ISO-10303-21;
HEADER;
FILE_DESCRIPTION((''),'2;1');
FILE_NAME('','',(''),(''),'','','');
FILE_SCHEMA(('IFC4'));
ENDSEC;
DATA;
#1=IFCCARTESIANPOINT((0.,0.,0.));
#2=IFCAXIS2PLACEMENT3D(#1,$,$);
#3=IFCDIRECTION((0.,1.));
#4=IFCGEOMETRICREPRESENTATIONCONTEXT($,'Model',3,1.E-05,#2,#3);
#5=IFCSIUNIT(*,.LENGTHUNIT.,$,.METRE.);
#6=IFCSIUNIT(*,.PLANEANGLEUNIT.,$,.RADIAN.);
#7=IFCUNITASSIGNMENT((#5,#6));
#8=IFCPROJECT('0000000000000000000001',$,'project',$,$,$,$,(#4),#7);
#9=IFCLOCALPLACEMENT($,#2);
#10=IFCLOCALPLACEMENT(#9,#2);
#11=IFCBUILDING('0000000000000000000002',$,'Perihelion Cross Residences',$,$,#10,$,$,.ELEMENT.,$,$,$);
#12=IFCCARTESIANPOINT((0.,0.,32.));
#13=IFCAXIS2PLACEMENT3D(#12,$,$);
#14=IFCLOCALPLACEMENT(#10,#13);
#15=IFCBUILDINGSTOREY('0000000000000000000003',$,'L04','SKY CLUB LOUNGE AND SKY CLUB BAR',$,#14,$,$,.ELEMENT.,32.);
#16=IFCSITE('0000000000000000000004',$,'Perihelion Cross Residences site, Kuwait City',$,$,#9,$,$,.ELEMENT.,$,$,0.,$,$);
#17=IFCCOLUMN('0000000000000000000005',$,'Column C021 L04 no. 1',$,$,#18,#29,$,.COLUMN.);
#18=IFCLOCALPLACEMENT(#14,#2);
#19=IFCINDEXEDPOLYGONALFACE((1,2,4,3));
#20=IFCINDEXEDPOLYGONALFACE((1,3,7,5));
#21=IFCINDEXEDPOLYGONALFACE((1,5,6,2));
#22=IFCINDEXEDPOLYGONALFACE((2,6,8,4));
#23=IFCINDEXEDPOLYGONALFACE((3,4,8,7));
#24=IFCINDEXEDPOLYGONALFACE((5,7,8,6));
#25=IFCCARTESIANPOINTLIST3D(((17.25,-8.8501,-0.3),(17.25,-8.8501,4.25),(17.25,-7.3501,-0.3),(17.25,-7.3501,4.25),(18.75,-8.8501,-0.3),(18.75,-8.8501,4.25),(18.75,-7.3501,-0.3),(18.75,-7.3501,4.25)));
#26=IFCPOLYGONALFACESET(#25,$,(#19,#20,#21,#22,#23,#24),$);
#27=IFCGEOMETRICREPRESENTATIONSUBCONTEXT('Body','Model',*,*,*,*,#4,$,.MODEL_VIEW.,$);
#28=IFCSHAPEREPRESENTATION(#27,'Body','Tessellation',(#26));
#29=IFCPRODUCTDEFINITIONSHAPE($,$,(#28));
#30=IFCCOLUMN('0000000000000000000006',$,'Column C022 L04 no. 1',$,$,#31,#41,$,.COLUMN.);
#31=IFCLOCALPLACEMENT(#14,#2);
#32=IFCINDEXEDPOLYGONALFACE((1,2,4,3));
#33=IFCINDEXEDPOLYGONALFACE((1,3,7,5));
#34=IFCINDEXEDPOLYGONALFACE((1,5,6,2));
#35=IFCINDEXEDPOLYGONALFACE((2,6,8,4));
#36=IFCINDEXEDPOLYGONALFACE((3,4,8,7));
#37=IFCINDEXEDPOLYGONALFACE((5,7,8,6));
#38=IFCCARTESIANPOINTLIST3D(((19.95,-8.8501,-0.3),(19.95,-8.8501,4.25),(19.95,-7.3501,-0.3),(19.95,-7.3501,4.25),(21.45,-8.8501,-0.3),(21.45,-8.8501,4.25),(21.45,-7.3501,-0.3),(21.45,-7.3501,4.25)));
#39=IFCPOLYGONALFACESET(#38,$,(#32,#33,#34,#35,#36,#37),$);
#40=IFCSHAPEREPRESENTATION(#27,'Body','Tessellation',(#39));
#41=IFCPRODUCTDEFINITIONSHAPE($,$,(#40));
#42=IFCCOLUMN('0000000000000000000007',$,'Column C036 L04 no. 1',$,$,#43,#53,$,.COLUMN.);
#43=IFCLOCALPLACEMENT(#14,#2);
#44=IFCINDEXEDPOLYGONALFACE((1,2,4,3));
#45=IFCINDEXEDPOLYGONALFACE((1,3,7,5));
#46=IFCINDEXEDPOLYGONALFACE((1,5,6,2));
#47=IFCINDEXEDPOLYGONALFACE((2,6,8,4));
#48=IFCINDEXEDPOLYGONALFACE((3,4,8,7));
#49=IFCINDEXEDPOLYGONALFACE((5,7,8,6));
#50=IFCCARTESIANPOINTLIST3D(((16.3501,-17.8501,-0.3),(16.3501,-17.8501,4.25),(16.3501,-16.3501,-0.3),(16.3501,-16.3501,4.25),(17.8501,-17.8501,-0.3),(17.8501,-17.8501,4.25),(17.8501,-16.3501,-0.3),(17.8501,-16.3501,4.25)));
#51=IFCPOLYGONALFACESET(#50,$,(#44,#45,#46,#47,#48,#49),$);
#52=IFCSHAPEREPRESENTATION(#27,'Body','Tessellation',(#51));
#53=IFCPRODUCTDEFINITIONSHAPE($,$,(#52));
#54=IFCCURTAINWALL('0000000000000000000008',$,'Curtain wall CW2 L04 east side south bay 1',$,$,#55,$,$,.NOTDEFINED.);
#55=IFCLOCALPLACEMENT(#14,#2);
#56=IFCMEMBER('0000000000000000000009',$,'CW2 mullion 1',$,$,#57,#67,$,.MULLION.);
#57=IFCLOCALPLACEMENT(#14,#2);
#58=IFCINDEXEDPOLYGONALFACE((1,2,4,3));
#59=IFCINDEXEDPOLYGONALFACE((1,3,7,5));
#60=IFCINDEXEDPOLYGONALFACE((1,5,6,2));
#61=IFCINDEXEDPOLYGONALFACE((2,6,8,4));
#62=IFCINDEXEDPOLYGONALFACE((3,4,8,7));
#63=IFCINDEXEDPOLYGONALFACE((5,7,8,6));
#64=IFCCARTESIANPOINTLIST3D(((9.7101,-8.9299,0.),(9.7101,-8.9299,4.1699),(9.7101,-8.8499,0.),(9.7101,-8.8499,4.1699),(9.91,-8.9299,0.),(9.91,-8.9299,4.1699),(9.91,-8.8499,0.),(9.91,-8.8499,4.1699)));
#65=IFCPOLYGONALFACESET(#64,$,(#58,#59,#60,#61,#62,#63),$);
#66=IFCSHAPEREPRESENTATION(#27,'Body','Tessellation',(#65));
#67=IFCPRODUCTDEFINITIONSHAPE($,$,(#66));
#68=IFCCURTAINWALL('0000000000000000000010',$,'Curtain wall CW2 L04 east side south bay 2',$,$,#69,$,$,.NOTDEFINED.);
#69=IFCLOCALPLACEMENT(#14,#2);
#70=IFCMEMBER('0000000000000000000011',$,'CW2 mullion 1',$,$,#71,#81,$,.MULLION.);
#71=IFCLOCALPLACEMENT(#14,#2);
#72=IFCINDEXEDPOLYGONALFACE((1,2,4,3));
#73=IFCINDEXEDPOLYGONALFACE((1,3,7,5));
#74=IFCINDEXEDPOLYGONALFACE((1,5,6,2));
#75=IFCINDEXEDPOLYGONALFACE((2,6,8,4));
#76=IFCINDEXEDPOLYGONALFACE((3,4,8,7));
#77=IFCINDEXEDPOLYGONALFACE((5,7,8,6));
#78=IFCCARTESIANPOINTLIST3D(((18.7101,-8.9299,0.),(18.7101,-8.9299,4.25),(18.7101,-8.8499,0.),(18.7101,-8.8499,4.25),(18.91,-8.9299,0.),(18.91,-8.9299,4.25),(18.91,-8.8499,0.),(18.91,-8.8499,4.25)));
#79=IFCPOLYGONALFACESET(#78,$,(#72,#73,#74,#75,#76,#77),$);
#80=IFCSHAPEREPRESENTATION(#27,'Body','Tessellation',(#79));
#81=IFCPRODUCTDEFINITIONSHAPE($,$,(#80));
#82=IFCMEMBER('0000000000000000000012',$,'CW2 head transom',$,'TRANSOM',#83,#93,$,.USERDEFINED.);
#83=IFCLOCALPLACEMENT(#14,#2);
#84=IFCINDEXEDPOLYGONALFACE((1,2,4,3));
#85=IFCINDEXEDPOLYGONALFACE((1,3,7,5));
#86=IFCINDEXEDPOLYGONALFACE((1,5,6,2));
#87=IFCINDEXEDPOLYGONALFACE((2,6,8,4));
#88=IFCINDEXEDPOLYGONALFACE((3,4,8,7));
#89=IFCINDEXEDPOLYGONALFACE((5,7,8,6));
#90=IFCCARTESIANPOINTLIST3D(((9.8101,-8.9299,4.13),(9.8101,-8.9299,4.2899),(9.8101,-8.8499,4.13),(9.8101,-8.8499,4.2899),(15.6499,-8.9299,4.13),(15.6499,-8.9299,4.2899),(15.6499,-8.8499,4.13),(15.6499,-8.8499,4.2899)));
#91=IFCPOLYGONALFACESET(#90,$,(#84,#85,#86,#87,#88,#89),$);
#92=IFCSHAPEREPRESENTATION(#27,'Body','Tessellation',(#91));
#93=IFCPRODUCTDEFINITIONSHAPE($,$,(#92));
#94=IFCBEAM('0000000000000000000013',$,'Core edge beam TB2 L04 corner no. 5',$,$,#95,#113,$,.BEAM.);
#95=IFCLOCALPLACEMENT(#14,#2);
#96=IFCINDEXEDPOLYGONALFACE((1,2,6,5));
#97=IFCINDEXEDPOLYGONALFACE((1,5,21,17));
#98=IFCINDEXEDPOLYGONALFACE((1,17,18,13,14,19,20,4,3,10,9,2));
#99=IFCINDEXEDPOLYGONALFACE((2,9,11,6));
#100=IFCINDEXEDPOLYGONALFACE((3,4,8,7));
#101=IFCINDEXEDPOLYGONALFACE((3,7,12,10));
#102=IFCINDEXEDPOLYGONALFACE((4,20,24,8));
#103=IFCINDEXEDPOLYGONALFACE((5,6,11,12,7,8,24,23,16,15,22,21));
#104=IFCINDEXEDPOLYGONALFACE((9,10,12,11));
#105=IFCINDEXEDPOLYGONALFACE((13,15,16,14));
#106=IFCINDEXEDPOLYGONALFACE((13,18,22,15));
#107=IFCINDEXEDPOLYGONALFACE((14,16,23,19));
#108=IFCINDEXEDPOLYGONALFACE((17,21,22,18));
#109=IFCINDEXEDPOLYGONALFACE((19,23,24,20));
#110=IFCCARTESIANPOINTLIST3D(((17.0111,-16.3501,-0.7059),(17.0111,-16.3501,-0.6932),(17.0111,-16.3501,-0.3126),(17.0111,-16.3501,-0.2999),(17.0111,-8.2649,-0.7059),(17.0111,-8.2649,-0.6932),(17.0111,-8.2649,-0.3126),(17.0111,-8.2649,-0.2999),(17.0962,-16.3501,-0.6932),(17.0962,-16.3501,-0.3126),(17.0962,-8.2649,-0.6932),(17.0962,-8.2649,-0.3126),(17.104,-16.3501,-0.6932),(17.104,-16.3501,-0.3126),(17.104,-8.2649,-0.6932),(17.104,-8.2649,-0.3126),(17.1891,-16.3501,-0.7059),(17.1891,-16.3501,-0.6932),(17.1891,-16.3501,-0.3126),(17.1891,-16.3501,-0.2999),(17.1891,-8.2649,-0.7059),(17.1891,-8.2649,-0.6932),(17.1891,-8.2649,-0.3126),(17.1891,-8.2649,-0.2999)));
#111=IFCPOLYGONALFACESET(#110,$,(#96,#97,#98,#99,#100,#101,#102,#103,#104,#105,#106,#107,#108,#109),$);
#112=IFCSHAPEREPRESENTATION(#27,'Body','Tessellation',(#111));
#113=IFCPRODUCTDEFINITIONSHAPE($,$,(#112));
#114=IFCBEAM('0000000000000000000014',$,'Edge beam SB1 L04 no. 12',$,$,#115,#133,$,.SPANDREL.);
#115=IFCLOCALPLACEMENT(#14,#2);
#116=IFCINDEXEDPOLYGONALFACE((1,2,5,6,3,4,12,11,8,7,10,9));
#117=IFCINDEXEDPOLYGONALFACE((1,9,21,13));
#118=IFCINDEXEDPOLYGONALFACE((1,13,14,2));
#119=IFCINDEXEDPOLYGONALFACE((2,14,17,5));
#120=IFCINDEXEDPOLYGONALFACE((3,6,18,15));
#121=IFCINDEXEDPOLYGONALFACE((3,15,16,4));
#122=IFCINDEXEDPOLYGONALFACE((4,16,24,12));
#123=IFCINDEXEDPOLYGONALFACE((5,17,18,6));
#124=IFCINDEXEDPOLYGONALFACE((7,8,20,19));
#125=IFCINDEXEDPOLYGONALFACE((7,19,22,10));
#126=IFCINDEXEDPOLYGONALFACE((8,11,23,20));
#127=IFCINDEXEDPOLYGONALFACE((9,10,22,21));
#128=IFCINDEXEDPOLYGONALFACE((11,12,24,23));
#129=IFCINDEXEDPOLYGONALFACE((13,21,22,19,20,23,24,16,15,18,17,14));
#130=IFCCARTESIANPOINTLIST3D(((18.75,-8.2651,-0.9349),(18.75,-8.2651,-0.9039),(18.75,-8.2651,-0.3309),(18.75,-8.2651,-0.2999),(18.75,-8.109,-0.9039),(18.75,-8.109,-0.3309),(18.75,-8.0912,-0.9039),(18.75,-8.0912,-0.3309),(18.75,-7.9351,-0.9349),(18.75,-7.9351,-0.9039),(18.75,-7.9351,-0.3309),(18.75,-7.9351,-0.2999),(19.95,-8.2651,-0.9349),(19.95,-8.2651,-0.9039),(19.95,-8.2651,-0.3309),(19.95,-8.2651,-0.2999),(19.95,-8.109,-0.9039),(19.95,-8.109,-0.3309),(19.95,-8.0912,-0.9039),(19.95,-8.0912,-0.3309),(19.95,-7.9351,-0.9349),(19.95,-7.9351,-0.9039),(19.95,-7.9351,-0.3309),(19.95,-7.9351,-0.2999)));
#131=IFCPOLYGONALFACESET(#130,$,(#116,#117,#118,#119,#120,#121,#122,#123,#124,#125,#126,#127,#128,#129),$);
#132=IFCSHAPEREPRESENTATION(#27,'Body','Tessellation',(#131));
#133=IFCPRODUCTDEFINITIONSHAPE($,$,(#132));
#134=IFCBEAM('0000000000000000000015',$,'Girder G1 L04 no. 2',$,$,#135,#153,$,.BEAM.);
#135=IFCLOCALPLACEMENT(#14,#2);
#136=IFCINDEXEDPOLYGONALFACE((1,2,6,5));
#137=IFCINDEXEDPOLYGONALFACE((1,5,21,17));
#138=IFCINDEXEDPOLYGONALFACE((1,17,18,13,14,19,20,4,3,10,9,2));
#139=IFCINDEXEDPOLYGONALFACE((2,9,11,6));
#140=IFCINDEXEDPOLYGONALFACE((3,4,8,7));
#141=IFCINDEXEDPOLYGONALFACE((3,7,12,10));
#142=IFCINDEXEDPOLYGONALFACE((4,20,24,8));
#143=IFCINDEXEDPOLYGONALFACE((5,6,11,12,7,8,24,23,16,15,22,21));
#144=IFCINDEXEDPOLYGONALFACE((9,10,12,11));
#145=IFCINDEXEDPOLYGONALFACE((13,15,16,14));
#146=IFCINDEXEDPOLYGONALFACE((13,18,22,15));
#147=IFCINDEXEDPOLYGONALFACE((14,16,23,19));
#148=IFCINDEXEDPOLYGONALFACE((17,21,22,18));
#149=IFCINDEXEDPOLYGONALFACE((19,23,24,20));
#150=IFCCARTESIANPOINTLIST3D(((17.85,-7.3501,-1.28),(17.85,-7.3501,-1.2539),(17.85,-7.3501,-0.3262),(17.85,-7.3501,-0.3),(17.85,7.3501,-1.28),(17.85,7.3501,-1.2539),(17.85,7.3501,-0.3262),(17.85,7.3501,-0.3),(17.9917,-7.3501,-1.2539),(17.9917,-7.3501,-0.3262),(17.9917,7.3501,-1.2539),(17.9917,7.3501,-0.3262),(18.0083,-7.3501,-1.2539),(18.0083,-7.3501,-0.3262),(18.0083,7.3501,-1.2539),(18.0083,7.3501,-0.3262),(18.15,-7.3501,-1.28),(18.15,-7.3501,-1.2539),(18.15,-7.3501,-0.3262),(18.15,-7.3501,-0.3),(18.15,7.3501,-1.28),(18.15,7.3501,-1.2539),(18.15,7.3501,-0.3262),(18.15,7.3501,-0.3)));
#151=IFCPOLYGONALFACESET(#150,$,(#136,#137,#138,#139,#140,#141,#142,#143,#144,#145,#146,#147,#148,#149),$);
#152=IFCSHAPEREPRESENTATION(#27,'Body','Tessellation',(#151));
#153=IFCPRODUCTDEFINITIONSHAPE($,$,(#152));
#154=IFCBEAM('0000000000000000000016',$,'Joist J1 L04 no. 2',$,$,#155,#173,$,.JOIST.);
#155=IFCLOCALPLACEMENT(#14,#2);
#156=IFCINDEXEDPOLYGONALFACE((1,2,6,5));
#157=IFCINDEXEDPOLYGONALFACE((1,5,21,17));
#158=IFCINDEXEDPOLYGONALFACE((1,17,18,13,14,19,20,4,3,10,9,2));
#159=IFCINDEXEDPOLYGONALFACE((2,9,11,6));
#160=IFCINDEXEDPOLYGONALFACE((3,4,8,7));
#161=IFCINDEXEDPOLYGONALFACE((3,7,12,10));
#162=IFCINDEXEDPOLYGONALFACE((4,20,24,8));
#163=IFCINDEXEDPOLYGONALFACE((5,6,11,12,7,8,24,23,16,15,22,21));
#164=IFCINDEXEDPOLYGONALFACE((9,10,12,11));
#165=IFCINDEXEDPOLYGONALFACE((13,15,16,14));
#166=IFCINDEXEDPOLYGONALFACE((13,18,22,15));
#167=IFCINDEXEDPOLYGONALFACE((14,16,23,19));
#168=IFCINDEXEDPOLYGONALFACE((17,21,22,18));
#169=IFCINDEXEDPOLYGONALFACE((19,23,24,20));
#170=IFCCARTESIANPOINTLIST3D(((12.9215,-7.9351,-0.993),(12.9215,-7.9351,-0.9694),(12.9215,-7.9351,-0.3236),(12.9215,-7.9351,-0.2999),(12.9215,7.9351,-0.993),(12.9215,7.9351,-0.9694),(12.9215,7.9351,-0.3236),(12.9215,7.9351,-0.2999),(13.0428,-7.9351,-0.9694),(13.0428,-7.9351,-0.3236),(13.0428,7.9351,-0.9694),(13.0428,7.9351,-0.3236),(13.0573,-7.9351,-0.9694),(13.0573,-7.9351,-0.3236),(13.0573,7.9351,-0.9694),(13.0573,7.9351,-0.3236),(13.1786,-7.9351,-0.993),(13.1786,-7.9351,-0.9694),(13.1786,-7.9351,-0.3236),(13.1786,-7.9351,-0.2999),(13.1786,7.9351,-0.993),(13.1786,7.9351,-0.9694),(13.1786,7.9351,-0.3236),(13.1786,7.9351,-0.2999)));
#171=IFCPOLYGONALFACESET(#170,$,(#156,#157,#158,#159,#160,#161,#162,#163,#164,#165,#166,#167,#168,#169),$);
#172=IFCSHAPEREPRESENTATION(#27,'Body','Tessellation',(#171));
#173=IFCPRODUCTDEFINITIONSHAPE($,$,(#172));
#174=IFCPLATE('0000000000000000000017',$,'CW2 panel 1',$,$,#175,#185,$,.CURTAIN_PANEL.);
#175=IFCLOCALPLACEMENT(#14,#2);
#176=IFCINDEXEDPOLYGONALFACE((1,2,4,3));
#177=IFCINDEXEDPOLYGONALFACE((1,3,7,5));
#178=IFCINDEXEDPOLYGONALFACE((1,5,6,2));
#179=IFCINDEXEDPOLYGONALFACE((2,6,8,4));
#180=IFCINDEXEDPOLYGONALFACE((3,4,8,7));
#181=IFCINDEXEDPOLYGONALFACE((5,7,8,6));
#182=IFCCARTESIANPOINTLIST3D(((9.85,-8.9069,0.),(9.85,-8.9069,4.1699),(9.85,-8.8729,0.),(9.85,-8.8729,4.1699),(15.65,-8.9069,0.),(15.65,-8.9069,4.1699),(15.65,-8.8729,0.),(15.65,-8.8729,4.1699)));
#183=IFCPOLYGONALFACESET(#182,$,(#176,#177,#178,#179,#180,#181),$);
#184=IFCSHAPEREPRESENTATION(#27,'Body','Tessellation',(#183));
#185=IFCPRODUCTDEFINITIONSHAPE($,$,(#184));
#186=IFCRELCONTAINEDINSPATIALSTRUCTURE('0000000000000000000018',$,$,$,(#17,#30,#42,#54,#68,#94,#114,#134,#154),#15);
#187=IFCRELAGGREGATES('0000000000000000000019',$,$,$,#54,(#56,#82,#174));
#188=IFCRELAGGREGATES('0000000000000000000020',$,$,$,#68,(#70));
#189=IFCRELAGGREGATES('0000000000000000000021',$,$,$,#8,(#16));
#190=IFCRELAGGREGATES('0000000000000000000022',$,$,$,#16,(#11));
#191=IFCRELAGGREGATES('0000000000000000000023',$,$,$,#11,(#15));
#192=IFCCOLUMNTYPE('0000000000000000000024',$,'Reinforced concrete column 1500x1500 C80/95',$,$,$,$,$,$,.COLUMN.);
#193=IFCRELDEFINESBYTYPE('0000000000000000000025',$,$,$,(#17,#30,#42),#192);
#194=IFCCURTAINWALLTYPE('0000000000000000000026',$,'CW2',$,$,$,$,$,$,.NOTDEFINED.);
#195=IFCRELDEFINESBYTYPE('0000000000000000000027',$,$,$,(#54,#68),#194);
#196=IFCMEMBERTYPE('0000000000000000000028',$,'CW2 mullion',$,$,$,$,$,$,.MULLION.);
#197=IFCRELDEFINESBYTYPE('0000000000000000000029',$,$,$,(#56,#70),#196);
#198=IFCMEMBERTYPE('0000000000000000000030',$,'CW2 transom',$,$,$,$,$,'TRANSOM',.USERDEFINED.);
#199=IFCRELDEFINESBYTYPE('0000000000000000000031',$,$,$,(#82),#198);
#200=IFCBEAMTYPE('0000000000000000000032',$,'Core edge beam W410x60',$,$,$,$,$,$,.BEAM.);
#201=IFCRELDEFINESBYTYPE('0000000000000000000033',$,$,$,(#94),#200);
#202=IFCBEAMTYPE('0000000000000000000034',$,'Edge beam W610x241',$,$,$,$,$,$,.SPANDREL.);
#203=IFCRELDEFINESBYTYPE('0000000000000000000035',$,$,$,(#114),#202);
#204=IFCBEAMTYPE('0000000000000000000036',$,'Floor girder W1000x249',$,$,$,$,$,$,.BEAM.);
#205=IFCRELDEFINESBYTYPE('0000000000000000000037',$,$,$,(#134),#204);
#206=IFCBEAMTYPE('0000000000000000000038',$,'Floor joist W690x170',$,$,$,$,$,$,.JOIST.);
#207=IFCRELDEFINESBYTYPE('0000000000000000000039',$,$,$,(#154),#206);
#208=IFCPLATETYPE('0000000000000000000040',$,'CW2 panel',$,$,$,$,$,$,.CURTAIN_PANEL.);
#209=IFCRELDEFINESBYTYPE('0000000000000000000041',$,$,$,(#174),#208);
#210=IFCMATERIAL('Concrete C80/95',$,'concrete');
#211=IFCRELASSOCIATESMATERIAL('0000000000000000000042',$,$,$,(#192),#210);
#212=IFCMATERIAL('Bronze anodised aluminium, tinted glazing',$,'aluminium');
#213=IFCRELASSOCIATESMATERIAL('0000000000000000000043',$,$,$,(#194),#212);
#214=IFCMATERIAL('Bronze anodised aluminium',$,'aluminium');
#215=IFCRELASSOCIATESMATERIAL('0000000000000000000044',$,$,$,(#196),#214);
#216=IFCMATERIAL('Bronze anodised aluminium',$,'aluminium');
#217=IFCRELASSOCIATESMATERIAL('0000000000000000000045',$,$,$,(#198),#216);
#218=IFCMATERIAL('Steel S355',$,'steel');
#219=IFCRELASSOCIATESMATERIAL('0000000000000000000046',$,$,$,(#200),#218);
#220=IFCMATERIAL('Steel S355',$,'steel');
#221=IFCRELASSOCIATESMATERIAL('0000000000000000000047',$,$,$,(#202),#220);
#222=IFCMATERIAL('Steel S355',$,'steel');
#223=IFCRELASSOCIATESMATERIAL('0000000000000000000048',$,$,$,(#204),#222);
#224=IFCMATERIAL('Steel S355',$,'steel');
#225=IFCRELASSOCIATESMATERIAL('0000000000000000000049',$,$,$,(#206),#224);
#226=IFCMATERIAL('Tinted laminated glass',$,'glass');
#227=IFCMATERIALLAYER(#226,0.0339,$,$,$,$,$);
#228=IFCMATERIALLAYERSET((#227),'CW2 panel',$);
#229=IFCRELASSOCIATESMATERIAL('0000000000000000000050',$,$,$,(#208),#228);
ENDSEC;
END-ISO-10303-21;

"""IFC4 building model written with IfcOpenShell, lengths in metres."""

from ifc_helpers import new_model, si_unit, direction, frame, origin, origin_2d, place, context, subcontext, project, spatial, rectangle, i_section, extrude, material, layer, layer_set, material_profile, profile_set, type_object, element, aggregate, save


model = new_model("IFC4")

# Units and contexts
model_context = context("Model", 3, precision=1e-05, world=origin(), true_north=direction((0.0, 1.0)))
body_context = subcontext(model_context, "Body", "Model", "MODEL_VIEW")
ifc_project = project(units=[si_unit("LENGTHUNIT", "METRE"), si_unit("PLANEANGLEUNIT", "RADIAN")], contexts=[model_context])

# Site, building, storey
site_placement = place(None, origin())
site = spatial("IfcSite", under=ifc_project, at=site_placement, Name="Perihelion Cross Residences site, Kuwait City", CompositionType="ELEMENT", RefElevation=0.0)
building_placement = place(site_placement, origin())
building = spatial("IfcBuilding", under=site, at=building_placement, Name="Perihelion Cross Residences", CompositionType="ELEMENT")
storey_placement = place(building_placement, frame((0.0, 0.0, 32.0)))
storey = spatial("IfcBuildingStorey", under=building, at=storey_placement, Name="L04", Description="SKY CLUB LOUNGE AND SKY CLUB BAR", CompositionType="ELEMENT", Elevation=32.0)

# Columns
ifc_material_1 = material(Name="Concrete C80/95", Category="concrete")
ifc_material_profile_1 = material_profile(ifc_material_1, rectangle(XDim=1.5, YDim=1.5, at=origin_2d()), Name="RC 1500x1500")
ifc_profile_set_1 = profile_set([ifc_material_profile_1], Name="Concrete C80/95")
column_type = type_object("IfcColumnType", Name="Reinforced concrete column 1500x1500 C80/95", PredefinedType="COLUMN", material=ifc_profile_set_1)
for number, where, z_axis, x_axis, name in (
    (1, (18.0, -8.1001, -0.3), (0.0, 0.0, 1.0), (1.0, 0.0, 0.0), "Column C021 L04 no. 1"),
    (2, (20.7, -8.1001, -0.3), (0.0, 0.0, 1.0), (1.0, 0.0, 0.0), "Column C022 L04 no. 1"),
    (3, (17.1001, -17.1001, -0.3), (0.0, 0.0, 1.0), (1.0, 0.0, 0.0), "Column C036 L04 no. 1"),
):
    element("IfcColumn", number, at=place(storey_placement, frame(where, z_axis=z_axis, x_axis=x_axis)), inside=storey, type_object=column_type, Name=name, PredefinedType="COLUMN", context=body_context, shape_type="SweptSolid", body=[
        extrude(rectangle(XDim=1.5, YDim=1.5, at=origin_2d()), origin(), (0.0, 0.0, 1.0), 4.55),
    ])

# Curtain walls, members
ifc_material_2 = material(Name="Bronze anodised aluminium, tinted glazing", Category="aluminium")
curtain_wall_type = type_object("IfcCurtainWallType", Name="CW2", PredefinedType="NOTDEFINED", material=ifc_material_2)
curtain_wall_1_placement = place(storey_placement, origin())
curtain_wall_1 = element("IfcCurtainWall", 4, at=curtain_wall_1_placement, inside=storey, type_object=curtain_wall_type, Name="Curtain wall CW2 L04 east side south bay 1", PredefinedType="NOTDEFINED")
ifc_material_3 = material(Name="Bronze anodised aluminium", Category="aluminium")
ifc_material_profile_2 = material_profile(ifc_material_3, rectangle(XDim=0.0801, YDim=0.2, at=origin_2d()), Name="CW2 mullion")
ifc_profile_set_2 = profile_set([ifc_material_profile_2], Name="Bronze anodised aluminium")
member_type_1 = type_object("IfcMemberType", Name="CW2 mullion", PredefinedType="MULLION", material=ifc_profile_set_2)
member_1_placement = place(storey_placement, frame((9.8101, -8.8899, 0.0), z_axis=(0.0, 0.0, 1.0), x_axis=(0.0, 1.0, 0.0)))
member_1 = element("IfcMember", 5, at=member_1_placement, type_object=member_type_1, Name="CW2 mullion 1", PredefinedType="MULLION", context=body_context, shape_type="SweptSolid", body=[
    extrude(rectangle(XDim=0.0801, YDim=0.2, at=origin_2d()), origin(), (0.0, 0.0, 1.0), 4.1699),
])
curtain_wall_2_placement = place(storey_placement, origin())
curtain_wall_2 = element("IfcCurtainWall", 6, at=curtain_wall_2_placement, inside=storey, type_object=curtain_wall_type, Name="Curtain wall CW2 L04 east side south bay 2", PredefinedType="NOTDEFINED")
member_2_placement = place(storey_placement, frame((18.8101, -8.8899, 0.0), z_axis=(0.0, 0.0, 1.0), x_axis=(0.0, 1.0, 0.0)))
member_2 = element("IfcMember", 7, at=member_2_placement, type_object=member_type_1, Name="CW2 mullion 1", PredefinedType="MULLION", context=body_context, shape_type="SweptSolid", body=[
    extrude(rectangle(XDim=0.0801, YDim=0.2, at=origin_2d()), origin(), (0.0, 0.0, 1.0), 4.25),
])

# Member
ifc_material_4 = material(Name="Bronze anodised aluminium", Category="aluminium")
ifc_material_profile_3 = material_profile(ifc_material_4, rectangle(XDim=0.0801, YDim=0.1599, at=origin_2d()), Name="CW2 transom")
ifc_profile_set_3 = profile_set([ifc_material_profile_3], Name="Bronze anodised aluminium")
member_type_2 = type_object("IfcMemberType", Name="CW2 transom", ElementType="TRANSOM", PredefinedType="USERDEFINED", material=ifc_profile_set_3)
member_3_placement = place(storey_placement, frame((9.8101, -8.8899, 4.21), z_axis=(1.0, 0.0, 0.0), x_axis=(0.0, 1.0, 0.0)))
member_3 = element("IfcMember", 8, at=member_3_placement, type_object=member_type_2, Name="CW2 head transom", ObjectType="TRANSOM", PredefinedType="USERDEFINED", context=body_context, shape_type="SweptSolid", body=[
    extrude(rectangle(XDim=0.0801, YDim=0.1599, at=origin_2d()), origin(), (0.0, 0.0, 1.0), 5.8398),
])

# Beams
ifc_material_5 = material(Name="Steel S355", Category="steel")
ifc_material_profile_4 = material_profile(ifc_material_5, i_section(OverallWidth=0.178, OverallDepth=0.406, WebThickness=0.0078, FlangeThickness=0.0127, at=origin_2d()), Name="W410x60")
ifc_profile_set_4 = profile_set([ifc_material_profile_4], Name="Steel S355")
beam_type_1 = type_object("IfcBeamType", Name="Core edge beam W410x60", PredefinedType="BEAM", material=ifc_profile_set_4)
beam_1_placement = place(storey_placement, frame((17.1001, -8.2649, -0.5029), z_axis=(0.0, -1.0, 0.0), x_axis=(1.0, 0.0, 0.0)))
element("IfcBeam", 9, at=beam_1_placement, inside=storey, type_object=beam_type_1, Name="Core edge beam TB2 L04 corner no. 5", PredefinedType="BEAM", context=body_context, shape_type="SweptSolid", body=[
    extrude(i_section(OverallWidth=0.178, OverallDepth=0.406, WebThickness=0.0078, FlangeThickness=0.0127, at=origin_2d()), origin(), (0.0, 0.0, 1.0), 8.0852),
])
ifc_material_6 = material(Name="Steel S355", Category="steel")
ifc_material_profile_5 = material_profile(ifc_material_6, i_section(OverallWidth=0.3301, OverallDepth=0.635, WebThickness=0.0178, FlangeThickness=0.031, at=origin_2d()), Name="W610x241")
ifc_profile_set_5 = profile_set([ifc_material_profile_5], Name="Steel S355")
beam_type_2 = type_object("IfcBeamType", Name="Edge beam W610x241", PredefinedType="SPANDREL", material=ifc_profile_set_5)
beam_2_placement = place(storey_placement, frame((18.75, -8.1001, -0.6174), z_axis=(1.0, 0.0, 0.0), x_axis=(0.0, 1.0, 0.0)))
element("IfcBeam", 10, at=beam_2_placement, inside=storey, type_object=beam_type_2, Name="Edge beam SB1 L04 no. 12", PredefinedType="SPANDREL", context=body_context, shape_type="SweptSolid", body=[
    extrude(i_section(OverallWidth=0.3301, OverallDepth=0.635, WebThickness=0.0178, FlangeThickness=0.031, at=origin_2d()), origin(), (0.0, 0.0, 1.0), 1.2),
])
ifc_material_7 = material(Name="Steel S355", Category="steel")
ifc_material_profile_6 = material_profile(ifc_material_7, i_section(OverallWidth=0.3, OverallDepth=0.98, WebThickness=0.0166, FlangeThickness=0.0261, at=origin_2d()), Name="W1000x249")
ifc_profile_set_6 = profile_set([ifc_material_profile_6], Name="Steel S355")
beam_type_3 = type_object("IfcBeamType", Name="Floor girder W1000x249", PredefinedType="BEAM", material=ifc_profile_set_6)
beam_3_placement = place(storey_placement, frame((18.0, -7.3501, -0.79), z_axis=(0.0, 1.0, 0.0), x_axis=(-1.0, 0.0, 0.0)))
element("IfcBeam", 11, at=beam_3_placement, inside=storey, type_object=beam_type_3, Name="Girder G1 L04 no. 2", PredefinedType="BEAM", context=body_context, shape_type="SweptSolid", body=[
    extrude(i_section(OverallWidth=0.3, OverallDepth=0.98, WebThickness=0.0166, FlangeThickness=0.0261, at=origin_2d()), origin(), (0.0, 0.0, 1.0), 14.7002),
])
ifc_material_8 = material(Name="Steel S355", Category="steel")
ifc_material_profile_7 = material_profile(ifc_material_8, i_section(OverallWidth=0.2571, OverallDepth=0.6931, WebThickness=0.0144, FlangeThickness=0.0237, at=origin_2d()), Name="W690x170")
ifc_profile_set_7 = profile_set([ifc_material_profile_7], Name="Steel S355")
beam_type_4 = type_object("IfcBeamType", Name="Floor joist W690x170", PredefinedType="JOIST", material=ifc_profile_set_7)
beam_4_placement = place(storey_placement, frame((13.05, -7.9351, -0.6465), z_axis=(0.0, 1.0, 0.0), x_axis=(-1.0, 0.0, 0.0)))
element("IfcBeam", 12, at=beam_4_placement, inside=storey, type_object=beam_type_4, Name="Joist J1 L04 no. 2", PredefinedType="JOIST", context=body_context, shape_type="SweptSolid", body=[
    extrude(i_section(OverallWidth=0.2571, OverallDepth=0.6931, WebThickness=0.0144, FlangeThickness=0.0237, at=origin_2d()), origin(), (0.0, 0.0, 1.0), 15.8701),
])

# Plate
ifc_material_9 = material(Name="Tinted laminated glass", Category="glass")
ifc_layer_1 = layer(ifc_material_9, 0.0339)
ifc_layer_set_1 = layer_set([ifc_layer_1], Name="CW2 panel")
plate_type = type_object("IfcPlateType", Name="CW2 panel", PredefinedType="CURTAIN_PANEL", material=ifc_layer_set_1)
plate_1_placement = place(storey_placement, frame((12.75, -8.8899, 0.0), z_axis=(0.0, 0.0, 1.0), x_axis=(1.0, 0.0, 0.0)))
plate_1 = element("IfcPlate", 13, at=plate_1_placement, type_object=plate_type, Name="CW2 panel 1", PredefinedType="CURTAIN_PANEL", context=body_context, shape_type="SweptSolid", body=[
    extrude(rectangle(XDim=5.8, YDim=0.0339, at=origin_2d()), origin(), (0.0, 0.0, 1.0), 4.1699),
])
aggregate(curtain_wall_1, [member_1, member_3, plate_1])
aggregate(curtain_wall_2, [member_2])

save(model, "model.ifc")
